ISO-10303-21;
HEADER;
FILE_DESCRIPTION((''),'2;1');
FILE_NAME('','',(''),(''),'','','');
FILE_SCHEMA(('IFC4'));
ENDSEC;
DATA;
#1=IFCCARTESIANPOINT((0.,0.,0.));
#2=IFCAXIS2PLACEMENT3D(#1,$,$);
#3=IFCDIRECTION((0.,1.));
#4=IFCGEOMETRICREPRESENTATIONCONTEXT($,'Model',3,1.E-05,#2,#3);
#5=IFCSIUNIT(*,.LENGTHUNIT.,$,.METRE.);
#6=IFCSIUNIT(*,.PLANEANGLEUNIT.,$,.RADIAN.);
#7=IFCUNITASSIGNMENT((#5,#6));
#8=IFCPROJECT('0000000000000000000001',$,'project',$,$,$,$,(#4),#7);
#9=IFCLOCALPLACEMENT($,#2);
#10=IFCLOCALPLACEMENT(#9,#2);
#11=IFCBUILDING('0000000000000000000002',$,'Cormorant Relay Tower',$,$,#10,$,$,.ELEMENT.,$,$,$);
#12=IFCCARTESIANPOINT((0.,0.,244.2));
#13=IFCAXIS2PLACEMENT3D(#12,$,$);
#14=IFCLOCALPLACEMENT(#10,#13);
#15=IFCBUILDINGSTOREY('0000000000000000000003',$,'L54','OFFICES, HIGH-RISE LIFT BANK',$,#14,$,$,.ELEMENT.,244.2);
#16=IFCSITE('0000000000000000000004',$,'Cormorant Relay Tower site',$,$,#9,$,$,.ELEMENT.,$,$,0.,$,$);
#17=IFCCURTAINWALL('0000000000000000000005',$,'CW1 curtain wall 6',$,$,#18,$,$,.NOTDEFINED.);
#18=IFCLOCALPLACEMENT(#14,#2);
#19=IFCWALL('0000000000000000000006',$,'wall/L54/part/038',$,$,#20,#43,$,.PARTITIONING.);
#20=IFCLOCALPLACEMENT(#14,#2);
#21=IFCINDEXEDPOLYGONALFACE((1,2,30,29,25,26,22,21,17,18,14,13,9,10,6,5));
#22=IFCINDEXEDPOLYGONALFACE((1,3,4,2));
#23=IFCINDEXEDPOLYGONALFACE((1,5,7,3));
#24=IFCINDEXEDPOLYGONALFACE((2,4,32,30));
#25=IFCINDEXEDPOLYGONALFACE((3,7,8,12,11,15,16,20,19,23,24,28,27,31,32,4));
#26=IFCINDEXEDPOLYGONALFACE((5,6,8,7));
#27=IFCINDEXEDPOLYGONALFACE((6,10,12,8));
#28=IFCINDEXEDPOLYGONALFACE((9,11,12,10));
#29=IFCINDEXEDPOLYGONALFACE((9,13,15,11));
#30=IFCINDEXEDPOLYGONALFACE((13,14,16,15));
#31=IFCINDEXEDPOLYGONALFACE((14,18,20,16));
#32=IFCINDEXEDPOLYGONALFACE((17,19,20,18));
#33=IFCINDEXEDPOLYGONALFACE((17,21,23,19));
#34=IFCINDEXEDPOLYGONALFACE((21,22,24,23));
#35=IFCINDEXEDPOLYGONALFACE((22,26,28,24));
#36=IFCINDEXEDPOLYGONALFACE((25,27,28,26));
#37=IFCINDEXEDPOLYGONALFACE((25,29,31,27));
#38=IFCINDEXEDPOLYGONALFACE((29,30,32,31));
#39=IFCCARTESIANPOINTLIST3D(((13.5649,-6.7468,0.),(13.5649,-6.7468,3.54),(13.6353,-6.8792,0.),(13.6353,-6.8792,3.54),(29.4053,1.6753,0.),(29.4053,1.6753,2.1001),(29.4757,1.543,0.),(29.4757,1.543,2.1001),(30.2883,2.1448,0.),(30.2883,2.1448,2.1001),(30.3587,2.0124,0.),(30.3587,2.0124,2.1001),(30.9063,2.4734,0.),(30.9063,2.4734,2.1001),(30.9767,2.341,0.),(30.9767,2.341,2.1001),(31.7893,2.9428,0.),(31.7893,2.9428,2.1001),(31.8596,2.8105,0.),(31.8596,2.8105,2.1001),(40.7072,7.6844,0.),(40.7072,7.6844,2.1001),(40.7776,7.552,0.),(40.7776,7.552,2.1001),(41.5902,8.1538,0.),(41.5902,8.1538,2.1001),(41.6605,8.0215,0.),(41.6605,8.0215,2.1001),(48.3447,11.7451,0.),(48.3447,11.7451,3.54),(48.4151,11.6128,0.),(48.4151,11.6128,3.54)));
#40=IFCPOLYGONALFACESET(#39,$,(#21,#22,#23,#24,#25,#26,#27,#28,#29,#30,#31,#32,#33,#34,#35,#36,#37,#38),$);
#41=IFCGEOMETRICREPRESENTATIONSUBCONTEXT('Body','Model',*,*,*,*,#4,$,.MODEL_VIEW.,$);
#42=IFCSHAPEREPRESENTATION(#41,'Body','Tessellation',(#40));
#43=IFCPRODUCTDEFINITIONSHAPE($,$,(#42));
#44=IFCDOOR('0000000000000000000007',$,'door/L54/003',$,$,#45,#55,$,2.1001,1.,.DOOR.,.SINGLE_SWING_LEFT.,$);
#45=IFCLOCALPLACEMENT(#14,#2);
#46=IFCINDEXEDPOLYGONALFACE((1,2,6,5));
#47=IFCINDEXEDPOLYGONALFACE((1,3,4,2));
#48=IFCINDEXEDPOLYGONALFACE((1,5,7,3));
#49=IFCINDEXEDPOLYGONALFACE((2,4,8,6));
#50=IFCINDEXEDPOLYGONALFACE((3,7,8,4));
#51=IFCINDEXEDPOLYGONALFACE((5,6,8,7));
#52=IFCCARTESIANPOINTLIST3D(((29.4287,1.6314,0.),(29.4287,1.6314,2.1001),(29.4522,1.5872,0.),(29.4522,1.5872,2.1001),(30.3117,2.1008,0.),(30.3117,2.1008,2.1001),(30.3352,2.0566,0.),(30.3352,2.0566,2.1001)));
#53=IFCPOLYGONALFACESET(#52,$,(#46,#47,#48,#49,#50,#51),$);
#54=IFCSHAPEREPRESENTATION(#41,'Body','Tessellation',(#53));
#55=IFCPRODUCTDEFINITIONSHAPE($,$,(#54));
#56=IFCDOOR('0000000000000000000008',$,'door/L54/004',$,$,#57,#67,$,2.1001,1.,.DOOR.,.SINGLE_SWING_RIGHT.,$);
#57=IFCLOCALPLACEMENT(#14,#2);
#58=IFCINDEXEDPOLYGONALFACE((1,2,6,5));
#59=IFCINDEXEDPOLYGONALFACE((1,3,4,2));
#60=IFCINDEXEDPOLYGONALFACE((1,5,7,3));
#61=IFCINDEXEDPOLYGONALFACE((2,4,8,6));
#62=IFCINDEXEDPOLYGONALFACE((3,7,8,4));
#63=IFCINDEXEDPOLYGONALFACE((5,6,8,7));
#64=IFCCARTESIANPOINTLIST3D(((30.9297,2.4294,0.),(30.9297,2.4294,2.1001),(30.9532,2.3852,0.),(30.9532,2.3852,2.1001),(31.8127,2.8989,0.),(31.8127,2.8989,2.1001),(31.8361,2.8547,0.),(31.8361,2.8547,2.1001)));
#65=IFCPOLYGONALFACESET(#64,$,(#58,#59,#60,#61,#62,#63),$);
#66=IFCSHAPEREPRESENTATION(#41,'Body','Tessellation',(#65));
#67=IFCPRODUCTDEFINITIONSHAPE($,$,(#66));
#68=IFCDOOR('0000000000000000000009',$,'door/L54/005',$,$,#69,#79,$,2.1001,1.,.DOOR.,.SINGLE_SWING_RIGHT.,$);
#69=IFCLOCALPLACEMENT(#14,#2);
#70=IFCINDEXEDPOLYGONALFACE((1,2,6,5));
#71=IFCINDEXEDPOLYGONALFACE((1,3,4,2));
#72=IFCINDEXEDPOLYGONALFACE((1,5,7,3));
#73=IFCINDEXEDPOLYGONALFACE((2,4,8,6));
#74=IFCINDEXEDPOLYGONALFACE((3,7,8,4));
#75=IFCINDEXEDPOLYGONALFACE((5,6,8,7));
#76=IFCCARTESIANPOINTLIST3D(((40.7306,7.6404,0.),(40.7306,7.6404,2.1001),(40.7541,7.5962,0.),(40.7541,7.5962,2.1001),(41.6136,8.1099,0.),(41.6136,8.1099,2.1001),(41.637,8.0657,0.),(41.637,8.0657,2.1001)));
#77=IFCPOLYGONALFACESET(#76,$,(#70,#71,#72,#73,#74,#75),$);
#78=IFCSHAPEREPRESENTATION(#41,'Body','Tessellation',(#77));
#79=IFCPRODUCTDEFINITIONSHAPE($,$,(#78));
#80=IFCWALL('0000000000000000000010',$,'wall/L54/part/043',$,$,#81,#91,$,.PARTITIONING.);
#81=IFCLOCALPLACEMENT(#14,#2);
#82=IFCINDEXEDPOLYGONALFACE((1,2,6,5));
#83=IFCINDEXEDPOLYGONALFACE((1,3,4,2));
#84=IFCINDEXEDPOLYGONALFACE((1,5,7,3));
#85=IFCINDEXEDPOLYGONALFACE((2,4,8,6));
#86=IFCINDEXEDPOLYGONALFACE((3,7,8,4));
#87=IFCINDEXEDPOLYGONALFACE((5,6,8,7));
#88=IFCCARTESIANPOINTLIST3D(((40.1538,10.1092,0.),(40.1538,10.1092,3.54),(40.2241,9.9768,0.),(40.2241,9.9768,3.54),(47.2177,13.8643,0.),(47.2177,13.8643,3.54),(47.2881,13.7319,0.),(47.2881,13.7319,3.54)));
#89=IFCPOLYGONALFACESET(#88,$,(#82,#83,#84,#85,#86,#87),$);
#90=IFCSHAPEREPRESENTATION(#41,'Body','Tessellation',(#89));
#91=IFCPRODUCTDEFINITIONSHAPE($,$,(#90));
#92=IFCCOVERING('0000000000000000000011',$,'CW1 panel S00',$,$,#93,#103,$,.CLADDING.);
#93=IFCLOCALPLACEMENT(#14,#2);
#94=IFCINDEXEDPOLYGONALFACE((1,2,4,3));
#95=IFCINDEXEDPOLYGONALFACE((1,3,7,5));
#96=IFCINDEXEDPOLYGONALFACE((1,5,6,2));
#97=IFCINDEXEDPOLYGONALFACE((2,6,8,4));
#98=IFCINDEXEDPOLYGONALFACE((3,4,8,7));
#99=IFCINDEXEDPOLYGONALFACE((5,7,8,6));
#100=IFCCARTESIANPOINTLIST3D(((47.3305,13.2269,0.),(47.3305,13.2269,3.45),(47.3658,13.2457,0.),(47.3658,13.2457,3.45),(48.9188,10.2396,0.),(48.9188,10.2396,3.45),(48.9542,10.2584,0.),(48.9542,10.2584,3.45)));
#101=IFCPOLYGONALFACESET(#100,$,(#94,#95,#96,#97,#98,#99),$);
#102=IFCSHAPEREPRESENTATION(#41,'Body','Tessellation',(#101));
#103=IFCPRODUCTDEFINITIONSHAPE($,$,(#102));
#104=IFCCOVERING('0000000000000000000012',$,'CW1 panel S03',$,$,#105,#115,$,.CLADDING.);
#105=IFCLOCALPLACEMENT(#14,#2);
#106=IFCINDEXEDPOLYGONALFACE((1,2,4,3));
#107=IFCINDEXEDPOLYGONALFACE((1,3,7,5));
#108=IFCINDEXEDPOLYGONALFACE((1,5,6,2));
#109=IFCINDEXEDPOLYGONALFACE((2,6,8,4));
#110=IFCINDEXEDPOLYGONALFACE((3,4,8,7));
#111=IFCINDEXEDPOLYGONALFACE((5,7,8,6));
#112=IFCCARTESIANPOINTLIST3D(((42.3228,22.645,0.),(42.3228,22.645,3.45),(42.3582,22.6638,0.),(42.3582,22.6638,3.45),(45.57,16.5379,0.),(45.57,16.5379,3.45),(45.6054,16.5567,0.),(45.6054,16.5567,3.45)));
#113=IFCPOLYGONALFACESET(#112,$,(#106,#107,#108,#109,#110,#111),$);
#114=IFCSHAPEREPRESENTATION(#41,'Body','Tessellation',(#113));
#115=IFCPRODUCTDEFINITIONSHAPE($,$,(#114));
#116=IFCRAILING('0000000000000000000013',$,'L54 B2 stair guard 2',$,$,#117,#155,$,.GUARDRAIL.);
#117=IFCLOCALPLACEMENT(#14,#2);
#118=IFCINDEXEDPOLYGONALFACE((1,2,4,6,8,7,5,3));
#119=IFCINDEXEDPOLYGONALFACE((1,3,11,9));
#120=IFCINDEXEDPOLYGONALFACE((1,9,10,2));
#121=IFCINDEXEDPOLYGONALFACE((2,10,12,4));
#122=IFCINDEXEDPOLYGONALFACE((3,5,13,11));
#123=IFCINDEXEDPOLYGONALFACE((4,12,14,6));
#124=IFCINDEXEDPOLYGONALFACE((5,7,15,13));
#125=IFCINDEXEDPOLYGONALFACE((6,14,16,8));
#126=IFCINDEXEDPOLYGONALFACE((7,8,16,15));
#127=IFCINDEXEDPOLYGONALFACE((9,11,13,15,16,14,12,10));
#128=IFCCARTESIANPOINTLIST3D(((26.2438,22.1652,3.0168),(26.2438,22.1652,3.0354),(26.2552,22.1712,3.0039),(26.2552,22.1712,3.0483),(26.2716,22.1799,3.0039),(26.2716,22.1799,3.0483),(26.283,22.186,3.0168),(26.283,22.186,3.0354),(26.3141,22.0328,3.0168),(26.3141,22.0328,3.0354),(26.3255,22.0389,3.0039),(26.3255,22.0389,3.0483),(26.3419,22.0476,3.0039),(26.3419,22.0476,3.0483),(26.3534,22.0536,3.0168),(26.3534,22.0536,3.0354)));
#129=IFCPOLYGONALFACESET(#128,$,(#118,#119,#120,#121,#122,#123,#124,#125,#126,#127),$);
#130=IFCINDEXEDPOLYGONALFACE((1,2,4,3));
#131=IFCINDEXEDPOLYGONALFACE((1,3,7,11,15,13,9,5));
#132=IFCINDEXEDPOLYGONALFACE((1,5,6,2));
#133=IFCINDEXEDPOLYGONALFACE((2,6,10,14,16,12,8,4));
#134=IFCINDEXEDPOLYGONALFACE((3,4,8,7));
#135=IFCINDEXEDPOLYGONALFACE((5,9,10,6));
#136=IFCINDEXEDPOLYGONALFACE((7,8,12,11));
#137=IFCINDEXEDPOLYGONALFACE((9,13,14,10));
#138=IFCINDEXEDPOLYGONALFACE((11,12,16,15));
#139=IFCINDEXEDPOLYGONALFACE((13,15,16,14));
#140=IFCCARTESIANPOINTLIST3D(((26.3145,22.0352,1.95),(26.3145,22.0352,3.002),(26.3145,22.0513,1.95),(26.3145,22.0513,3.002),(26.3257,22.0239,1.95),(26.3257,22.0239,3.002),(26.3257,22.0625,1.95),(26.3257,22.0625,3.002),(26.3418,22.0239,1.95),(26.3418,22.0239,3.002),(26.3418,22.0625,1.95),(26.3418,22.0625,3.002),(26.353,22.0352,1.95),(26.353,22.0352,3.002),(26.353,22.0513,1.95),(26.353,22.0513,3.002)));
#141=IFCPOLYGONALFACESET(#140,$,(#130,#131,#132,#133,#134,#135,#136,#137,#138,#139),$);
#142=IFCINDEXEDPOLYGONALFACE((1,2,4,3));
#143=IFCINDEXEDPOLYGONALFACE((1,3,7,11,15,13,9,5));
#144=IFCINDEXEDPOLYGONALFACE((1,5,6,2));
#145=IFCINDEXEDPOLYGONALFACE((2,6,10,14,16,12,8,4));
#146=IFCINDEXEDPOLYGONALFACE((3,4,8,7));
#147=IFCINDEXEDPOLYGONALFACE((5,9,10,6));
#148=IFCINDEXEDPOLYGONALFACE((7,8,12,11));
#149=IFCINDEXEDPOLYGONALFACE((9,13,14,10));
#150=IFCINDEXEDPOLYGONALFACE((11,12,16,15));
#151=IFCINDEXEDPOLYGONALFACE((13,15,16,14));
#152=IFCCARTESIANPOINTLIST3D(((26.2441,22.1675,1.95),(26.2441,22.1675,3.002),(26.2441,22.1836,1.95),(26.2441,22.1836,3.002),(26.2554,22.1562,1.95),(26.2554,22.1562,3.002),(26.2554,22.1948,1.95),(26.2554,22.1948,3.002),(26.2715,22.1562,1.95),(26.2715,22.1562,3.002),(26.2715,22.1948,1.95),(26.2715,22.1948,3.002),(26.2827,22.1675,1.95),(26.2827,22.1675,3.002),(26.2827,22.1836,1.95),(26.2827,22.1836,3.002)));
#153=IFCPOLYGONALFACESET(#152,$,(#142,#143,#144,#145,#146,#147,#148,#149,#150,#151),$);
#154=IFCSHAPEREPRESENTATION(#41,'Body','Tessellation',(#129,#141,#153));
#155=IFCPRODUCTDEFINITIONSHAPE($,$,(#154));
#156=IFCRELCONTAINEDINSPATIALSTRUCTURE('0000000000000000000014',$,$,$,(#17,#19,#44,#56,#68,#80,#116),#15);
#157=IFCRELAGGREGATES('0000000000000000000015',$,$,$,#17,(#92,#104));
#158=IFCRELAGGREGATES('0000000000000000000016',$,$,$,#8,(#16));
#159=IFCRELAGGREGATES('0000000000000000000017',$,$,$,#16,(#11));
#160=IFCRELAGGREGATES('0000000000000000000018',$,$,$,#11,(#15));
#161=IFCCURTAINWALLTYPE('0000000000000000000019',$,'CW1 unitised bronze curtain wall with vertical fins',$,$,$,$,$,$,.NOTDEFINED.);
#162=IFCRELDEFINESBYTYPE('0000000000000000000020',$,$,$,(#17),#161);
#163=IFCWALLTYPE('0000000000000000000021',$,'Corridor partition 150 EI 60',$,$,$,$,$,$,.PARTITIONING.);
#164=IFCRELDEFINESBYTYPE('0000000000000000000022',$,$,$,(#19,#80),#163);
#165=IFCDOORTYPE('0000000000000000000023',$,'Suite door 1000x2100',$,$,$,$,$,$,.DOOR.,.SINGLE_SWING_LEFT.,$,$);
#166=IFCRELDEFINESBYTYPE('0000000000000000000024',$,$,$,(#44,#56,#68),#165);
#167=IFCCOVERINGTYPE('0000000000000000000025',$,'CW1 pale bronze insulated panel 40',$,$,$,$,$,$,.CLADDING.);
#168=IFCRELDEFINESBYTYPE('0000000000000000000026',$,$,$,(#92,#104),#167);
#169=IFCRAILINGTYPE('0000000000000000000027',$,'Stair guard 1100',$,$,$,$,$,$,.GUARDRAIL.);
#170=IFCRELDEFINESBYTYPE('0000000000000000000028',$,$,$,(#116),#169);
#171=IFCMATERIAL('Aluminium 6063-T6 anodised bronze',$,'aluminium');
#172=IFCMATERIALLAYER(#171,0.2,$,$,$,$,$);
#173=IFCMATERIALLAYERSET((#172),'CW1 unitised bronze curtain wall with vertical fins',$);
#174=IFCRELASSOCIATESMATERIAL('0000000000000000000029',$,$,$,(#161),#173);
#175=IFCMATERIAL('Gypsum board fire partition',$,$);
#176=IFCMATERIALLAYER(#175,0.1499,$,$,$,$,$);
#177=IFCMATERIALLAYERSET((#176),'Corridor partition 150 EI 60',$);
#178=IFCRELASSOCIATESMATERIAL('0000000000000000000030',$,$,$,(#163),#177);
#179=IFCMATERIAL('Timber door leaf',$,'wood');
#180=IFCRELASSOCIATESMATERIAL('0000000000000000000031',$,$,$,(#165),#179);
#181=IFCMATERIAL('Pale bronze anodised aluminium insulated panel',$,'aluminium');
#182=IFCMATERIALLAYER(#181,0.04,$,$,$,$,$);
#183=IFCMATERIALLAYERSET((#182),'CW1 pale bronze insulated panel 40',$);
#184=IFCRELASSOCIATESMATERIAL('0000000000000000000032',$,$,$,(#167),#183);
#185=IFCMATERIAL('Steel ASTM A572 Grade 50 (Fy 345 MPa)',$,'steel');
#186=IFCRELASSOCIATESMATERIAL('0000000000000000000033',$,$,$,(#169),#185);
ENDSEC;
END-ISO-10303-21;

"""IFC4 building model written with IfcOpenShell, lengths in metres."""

from ifc_helpers import new_model, si_unit, direction, frame, frame_2d, origin, origin_2d, place, context, subcontext, project, spatial, polyline, rectangle, outline, extrude, material, layer, layer_set, type_object, element, fill, aggregate, save


model = new_model("IFC4")

# Units and contexts
model_context = context("Model", 3, precision=1e-05, world=origin(), true_north=direction((0.0, 1.0)))
body_context = subcontext(model_context, "Body", "Model", "MODEL_VIEW")
ifc_project = project(units=[si_unit("LENGTHUNIT", "METRE"), si_unit("PLANEANGLEUNIT", "RADIAN")], contexts=[model_context])

# Site, building, storey
site_placement = place(None, origin())
site = spatial("IfcSite", under=ifc_project, at=site_placement, Name="Cormorant Relay Tower site", CompositionType="ELEMENT", RefElevation=0.0)
building_placement = place(site_placement, origin())
building = spatial("IfcBuilding", under=site, at=building_placement, Name="Cormorant Relay Tower", CompositionType="ELEMENT")
storey_placement = place(building_placement, frame((0.0, 0.0, 244.2)))
storey = spatial("IfcBuildingStorey", under=building, at=storey_placement, Name="L54", Description="OFFICES, HIGH-RISE LIFT BANK", CompositionType="ELEMENT", Elevation=244.2)

# Curtain wall
ifc_material_1 = material(Name="Aluminium 6063-T6 anodised bronze", Category="aluminium")
ifc_layer_1 = layer(ifc_material_1, 0.2)
ifc_layer_set_1 = layer_set([ifc_layer_1], Name="CW1 unitised bronze curtain wall with vertical fins")
curtain_wall_type = type_object("IfcCurtainWallType", Name="CW1 unitised bronze curtain wall with vertical fins", PredefinedType="NOTDEFINED", material=ifc_layer_set_1)
curtain_wall_1_placement = place(storey_placement, origin())
curtain_wall_1 = element("IfcCurtainWall", 1, at=curtain_wall_1_placement, inside=storey, type_object=curtain_wall_type, Name="CW1 curtain wall 6", PredefinedType="NOTDEFINED")

# Wall, openings, doors
ifc_material_2 = material(Name="Gypsum board fire partition")
ifc_layer_2 = layer(ifc_material_2, 0.1499)
ifc_layer_set_2 = layer_set([ifc_layer_2], Name="Corridor partition 150 EI 60")
wall_type_1 = type_object("IfcWallType", Name="Corridor partition 150 EI 60", PredefinedType="PARTITIONING", material=ifc_layer_set_2)
wall_1_placement = place(storey_placement, frame((48.3799, 11.679, 0.0), z_axis=(0.0, 0.0, 1.0), x_axis=(-0.882956, -0.469456, 0.0)))
wall_1 = element("IfcWall", 2, at=wall_1_placement, inside=storey, type_object=wall_type_1, Name="wall/L54/part/038", PredefinedType="PARTITIONING", context=body_context, shape_type="SweptSolid", body=[
    extrude(rectangle(XDim=39.3901, YDim=0.1499, at=frame_2d((19.6951, 0.0))), origin(), (0.0, 0.0, 1.0), 3.54),
])
opening_1_placement = place(wall_1_placement, frame((20.45, 0.0, 0.0)))
opening_1 = element("IfcOpeningElement", 3, at=opening_1_placement, cuts=wall_1, PredefinedType="OPENING", context=body_context, shape_type="SweptSolid", body=[
    extrude(rectangle(XDim=1.0, YDim=2.1001, at=frame_2d((0.5, 1.05))), frame((0.0, 0.085, 0.0), z_axis=(0.0, -1.0, 0.0), x_axis=(1.0, 0.0, 0.0)), (0.0, 0.0, 1.0), 0.1699),
])
opening_2_placement = place(wall_1_placement, frame((18.75, 0.0, 0.0)))
opening_2 = element("IfcOpeningElement", 4, at=opening_2_placement, cuts=wall_1, PredefinedType="OPENING", context=body_context, shape_type="SweptSolid", body=[
    extrude(rectangle(XDim=1.0, YDim=2.1001, at=frame_2d((0.5, 1.05))), frame((0.0, 0.085, 0.0), z_axis=(0.0, -1.0, 0.0), x_axis=(1.0, 0.0, 0.0)), (0.0, 0.0, 1.0), 0.1699),
])
opening_3_placement = place(wall_1_placement, frame((7.6499, 0.0, 0.0)))
opening_3 = element("IfcOpeningElement", 5, at=opening_3_placement, cuts=wall_1, PredefinedType="OPENING", context=body_context, shape_type="SweptSolid", body=[
    extrude(rectangle(XDim=1.0, YDim=2.1001, at=frame_2d((0.5, 1.05))), frame((0.0, 0.085, 0.0), z_axis=(0.0, -1.0, 0.0), x_axis=(1.0, 0.0, 0.0)), (0.0, 0.0, 1.0), 0.1699),
])
ifc_material_3 = material(Name="Timber door leaf", Category="wood")
door_type_1 = type_object("IfcDoorType", Name="Suite door 1000x2100", OperationType="SINGLE_SWING_LEFT", PredefinedType="DOOR", material=ifc_material_3)
door_1_placement = place(opening_1_placement, origin())
door_1 = element("IfcDoor", 6, at=door_1_placement, inside=storey, type_object=door_type_1, Name="door/L54/003", OperationType="SINGLE_SWING_LEFT", OverallHeight=2.1001, OverallWidth=1.0, PredefinedType="DOOR", context=body_context, shape_type="SweptSolid", body=[
    extrude(rectangle(XDim=1.0, YDim=2.1001, at=frame_2d((0.5, 1.05))), frame((0.0, 0.0249, 0.0), z_axis=(0.0, -1.0, 0.0), x_axis=(1.0, 0.0, 0.0)), (0.0, 0.0, 1.0), 0.05),
])
fill(opening_1, door_1)
door_2_placement = place(opening_2_placement, origin())
door_2 = element("IfcDoor", 7, at=door_2_placement, inside=storey, type_object=door_type_1, Name="door/L54/004", OperationType="SINGLE_SWING_RIGHT", OverallHeight=2.1001, OverallWidth=1.0, PredefinedType="DOOR", context=body_context, shape_type="SweptSolid", body=[
    extrude(rectangle(XDim=1.0, YDim=2.1001, at=frame_2d((0.5, 1.05))), frame((0.0, 0.0249, 0.0), z_axis=(0.0, -1.0, 0.0), x_axis=(1.0, 0.0, 0.0)), (0.0, 0.0, 1.0), 0.05),
])
fill(opening_2, door_2)
door_3_placement = place(opening_3_placement, origin())
door_3 = element("IfcDoor", 8, at=door_3_placement, inside=storey, type_object=door_type_1, Name="door/L54/005", OperationType="SINGLE_SWING_RIGHT", OverallHeight=2.1001, OverallWidth=1.0, PredefinedType="DOOR", context=body_context, shape_type="SweptSolid", body=[
    extrude(rectangle(XDim=1.0, YDim=2.1001, at=frame_2d((0.5, 1.05))), frame((0.0, 0.0249, 0.0), z_axis=(0.0, -1.0, 0.0), x_axis=(1.0, 0.0, 0.0)), (0.0, 0.0, 1.0), 0.05),
])
fill(opening_3, door_3)

# Wall
wall_2_placement = place(storey_placement, frame((40.189, 10.043, 0.0), z_axis=(0.0, 0.0, 1.0), x_axis=(0.882992, 0.469389, 0.0)))
element("IfcWall", 9, at=wall_2_placement, inside=storey, type_object=wall_type_1, Name="wall/L54/part/043", PredefinedType="PARTITIONING", context=body_context, shape_type="SweptSolid", body=[
    extrude(rectangle(XDim=8.0, YDim=0.1499, at=frame_2d((4.0, 0.0))), origin(), (0.0, 0.0, 1.0), 3.54),
])

# Coverings
ifc_material_4 = material(Name="Pale bronze anodised aluminium insulated panel", Category="aluminium")
ifc_layer_3 = layer(ifc_material_4, 0.04)
ifc_layer_set_3 = layer_set([ifc_layer_3], Name="CW1 pale bronze insulated panel 40")
covering_type = type_object("IfcCoveringType", Name="CW1 pale bronze insulated panel 40", PredefinedType="CLADDING", material=ifc_layer_set_3)
covering_1_placement = place(storey_placement, frame((48.1423, 11.7427, 0.0), z_axis=(0.0, 0.0, 1.0), x_axis=(-0.469472, 0.882948, 0.0)))
covering_1 = element("IfcCovering", 10, at=covering_1_placement, type_object=covering_type, Name="CW1 panel S00", PredefinedType="CLADDING", context=body_context, shape_type="SweptSolid", body=[
    extrude(rectangle(XDim=3.3833, YDim=0.04, at=origin_2d()), origin(), (0.0, 0.0, 1.0), 3.45),
])
covering_2_placement = place(storey_placement, frame((43.9641, 19.6008, 0.0), z_axis=(0.0, 0.0, 1.0), x_axis=(-0.469472, 0.882948, 0.0)))
covering_2 = element("IfcCovering", 11, at=covering_2_placement, type_object=covering_type, Name="CW1 panel S03", PredefinedType="CLADDING", context=body_context, shape_type="SweptSolid", body=[
    extrude(rectangle(XDim=6.9167, YDim=0.04, at=origin_2d()), origin(), (0.0, 0.0, 1.0), 3.45),
])
aggregate(curtain_wall_1, [covering_1, covering_2])

# Railing
ifc_material_5 = material(Name="Steel ASTM A572 Grade 50 (Fy 345 MPa)", Category="steel")
railing_type = type_object("IfcRailingType", Name="Stair guard 1100", PredefinedType="GUARDRAIL", material=ifc_material_5)
railing_1_placement = place(storey_placement, frame((26.3337, 22.0432, 1.95)))
element("IfcRailing", 12, at=railing_1_placement, inside=storey, type_object=railing_type, Name="L54 B2 stair guard 2", PredefinedType="GUARDRAIL", context=body_context, shape_type="SweptSolid", body=[
    extrude(outline(polyline([(0.0222, 0.0093), (0.0093, 0.0222), (-0.0093, 0.0222), (-0.0222, 0.0093), (-0.0222, -0.0093), (-0.0093, -0.0222), (0.0093, -0.0222), (0.0222, -0.0093), (0.0222, 0.0093)])), frame((0.0, 0.0, 1.0762), z_axis=(-0.469235, 0.883074, 0.0), x_axis=(-0.883074, -0.469235, 0.0)), (0.0, 0.0, 1.0), 0.1499),
    extrude(outline(polyline([(0.0193, 0.0081), (0.0081, 0.0193), (-0.0081, 0.0193), (-0.0193, 0.0081), (-0.0193, -0.0081), (-0.0081, -0.0193), (0.0081, -0.0193), (0.0193, -0.0081), (0.0193, 0.0081)])), origin(), (0.0, 0.0, 1.0), 1.052),
    extrude(outline(polyline([(0.0193, 0.0081), (0.0081, 0.0193), (-0.0081, 0.0193), (-0.0193, 0.0081), (-0.0193, -0.0081), (-0.0081, -0.0193), (0.0081, -0.0193), (0.0193, -0.0081), (0.0193, 0.0081)])), frame((-0.0703, 0.1323, 0.0)), (0.0, 0.0, 1.0), 1.052),
])

save(model, "model.ifc")
